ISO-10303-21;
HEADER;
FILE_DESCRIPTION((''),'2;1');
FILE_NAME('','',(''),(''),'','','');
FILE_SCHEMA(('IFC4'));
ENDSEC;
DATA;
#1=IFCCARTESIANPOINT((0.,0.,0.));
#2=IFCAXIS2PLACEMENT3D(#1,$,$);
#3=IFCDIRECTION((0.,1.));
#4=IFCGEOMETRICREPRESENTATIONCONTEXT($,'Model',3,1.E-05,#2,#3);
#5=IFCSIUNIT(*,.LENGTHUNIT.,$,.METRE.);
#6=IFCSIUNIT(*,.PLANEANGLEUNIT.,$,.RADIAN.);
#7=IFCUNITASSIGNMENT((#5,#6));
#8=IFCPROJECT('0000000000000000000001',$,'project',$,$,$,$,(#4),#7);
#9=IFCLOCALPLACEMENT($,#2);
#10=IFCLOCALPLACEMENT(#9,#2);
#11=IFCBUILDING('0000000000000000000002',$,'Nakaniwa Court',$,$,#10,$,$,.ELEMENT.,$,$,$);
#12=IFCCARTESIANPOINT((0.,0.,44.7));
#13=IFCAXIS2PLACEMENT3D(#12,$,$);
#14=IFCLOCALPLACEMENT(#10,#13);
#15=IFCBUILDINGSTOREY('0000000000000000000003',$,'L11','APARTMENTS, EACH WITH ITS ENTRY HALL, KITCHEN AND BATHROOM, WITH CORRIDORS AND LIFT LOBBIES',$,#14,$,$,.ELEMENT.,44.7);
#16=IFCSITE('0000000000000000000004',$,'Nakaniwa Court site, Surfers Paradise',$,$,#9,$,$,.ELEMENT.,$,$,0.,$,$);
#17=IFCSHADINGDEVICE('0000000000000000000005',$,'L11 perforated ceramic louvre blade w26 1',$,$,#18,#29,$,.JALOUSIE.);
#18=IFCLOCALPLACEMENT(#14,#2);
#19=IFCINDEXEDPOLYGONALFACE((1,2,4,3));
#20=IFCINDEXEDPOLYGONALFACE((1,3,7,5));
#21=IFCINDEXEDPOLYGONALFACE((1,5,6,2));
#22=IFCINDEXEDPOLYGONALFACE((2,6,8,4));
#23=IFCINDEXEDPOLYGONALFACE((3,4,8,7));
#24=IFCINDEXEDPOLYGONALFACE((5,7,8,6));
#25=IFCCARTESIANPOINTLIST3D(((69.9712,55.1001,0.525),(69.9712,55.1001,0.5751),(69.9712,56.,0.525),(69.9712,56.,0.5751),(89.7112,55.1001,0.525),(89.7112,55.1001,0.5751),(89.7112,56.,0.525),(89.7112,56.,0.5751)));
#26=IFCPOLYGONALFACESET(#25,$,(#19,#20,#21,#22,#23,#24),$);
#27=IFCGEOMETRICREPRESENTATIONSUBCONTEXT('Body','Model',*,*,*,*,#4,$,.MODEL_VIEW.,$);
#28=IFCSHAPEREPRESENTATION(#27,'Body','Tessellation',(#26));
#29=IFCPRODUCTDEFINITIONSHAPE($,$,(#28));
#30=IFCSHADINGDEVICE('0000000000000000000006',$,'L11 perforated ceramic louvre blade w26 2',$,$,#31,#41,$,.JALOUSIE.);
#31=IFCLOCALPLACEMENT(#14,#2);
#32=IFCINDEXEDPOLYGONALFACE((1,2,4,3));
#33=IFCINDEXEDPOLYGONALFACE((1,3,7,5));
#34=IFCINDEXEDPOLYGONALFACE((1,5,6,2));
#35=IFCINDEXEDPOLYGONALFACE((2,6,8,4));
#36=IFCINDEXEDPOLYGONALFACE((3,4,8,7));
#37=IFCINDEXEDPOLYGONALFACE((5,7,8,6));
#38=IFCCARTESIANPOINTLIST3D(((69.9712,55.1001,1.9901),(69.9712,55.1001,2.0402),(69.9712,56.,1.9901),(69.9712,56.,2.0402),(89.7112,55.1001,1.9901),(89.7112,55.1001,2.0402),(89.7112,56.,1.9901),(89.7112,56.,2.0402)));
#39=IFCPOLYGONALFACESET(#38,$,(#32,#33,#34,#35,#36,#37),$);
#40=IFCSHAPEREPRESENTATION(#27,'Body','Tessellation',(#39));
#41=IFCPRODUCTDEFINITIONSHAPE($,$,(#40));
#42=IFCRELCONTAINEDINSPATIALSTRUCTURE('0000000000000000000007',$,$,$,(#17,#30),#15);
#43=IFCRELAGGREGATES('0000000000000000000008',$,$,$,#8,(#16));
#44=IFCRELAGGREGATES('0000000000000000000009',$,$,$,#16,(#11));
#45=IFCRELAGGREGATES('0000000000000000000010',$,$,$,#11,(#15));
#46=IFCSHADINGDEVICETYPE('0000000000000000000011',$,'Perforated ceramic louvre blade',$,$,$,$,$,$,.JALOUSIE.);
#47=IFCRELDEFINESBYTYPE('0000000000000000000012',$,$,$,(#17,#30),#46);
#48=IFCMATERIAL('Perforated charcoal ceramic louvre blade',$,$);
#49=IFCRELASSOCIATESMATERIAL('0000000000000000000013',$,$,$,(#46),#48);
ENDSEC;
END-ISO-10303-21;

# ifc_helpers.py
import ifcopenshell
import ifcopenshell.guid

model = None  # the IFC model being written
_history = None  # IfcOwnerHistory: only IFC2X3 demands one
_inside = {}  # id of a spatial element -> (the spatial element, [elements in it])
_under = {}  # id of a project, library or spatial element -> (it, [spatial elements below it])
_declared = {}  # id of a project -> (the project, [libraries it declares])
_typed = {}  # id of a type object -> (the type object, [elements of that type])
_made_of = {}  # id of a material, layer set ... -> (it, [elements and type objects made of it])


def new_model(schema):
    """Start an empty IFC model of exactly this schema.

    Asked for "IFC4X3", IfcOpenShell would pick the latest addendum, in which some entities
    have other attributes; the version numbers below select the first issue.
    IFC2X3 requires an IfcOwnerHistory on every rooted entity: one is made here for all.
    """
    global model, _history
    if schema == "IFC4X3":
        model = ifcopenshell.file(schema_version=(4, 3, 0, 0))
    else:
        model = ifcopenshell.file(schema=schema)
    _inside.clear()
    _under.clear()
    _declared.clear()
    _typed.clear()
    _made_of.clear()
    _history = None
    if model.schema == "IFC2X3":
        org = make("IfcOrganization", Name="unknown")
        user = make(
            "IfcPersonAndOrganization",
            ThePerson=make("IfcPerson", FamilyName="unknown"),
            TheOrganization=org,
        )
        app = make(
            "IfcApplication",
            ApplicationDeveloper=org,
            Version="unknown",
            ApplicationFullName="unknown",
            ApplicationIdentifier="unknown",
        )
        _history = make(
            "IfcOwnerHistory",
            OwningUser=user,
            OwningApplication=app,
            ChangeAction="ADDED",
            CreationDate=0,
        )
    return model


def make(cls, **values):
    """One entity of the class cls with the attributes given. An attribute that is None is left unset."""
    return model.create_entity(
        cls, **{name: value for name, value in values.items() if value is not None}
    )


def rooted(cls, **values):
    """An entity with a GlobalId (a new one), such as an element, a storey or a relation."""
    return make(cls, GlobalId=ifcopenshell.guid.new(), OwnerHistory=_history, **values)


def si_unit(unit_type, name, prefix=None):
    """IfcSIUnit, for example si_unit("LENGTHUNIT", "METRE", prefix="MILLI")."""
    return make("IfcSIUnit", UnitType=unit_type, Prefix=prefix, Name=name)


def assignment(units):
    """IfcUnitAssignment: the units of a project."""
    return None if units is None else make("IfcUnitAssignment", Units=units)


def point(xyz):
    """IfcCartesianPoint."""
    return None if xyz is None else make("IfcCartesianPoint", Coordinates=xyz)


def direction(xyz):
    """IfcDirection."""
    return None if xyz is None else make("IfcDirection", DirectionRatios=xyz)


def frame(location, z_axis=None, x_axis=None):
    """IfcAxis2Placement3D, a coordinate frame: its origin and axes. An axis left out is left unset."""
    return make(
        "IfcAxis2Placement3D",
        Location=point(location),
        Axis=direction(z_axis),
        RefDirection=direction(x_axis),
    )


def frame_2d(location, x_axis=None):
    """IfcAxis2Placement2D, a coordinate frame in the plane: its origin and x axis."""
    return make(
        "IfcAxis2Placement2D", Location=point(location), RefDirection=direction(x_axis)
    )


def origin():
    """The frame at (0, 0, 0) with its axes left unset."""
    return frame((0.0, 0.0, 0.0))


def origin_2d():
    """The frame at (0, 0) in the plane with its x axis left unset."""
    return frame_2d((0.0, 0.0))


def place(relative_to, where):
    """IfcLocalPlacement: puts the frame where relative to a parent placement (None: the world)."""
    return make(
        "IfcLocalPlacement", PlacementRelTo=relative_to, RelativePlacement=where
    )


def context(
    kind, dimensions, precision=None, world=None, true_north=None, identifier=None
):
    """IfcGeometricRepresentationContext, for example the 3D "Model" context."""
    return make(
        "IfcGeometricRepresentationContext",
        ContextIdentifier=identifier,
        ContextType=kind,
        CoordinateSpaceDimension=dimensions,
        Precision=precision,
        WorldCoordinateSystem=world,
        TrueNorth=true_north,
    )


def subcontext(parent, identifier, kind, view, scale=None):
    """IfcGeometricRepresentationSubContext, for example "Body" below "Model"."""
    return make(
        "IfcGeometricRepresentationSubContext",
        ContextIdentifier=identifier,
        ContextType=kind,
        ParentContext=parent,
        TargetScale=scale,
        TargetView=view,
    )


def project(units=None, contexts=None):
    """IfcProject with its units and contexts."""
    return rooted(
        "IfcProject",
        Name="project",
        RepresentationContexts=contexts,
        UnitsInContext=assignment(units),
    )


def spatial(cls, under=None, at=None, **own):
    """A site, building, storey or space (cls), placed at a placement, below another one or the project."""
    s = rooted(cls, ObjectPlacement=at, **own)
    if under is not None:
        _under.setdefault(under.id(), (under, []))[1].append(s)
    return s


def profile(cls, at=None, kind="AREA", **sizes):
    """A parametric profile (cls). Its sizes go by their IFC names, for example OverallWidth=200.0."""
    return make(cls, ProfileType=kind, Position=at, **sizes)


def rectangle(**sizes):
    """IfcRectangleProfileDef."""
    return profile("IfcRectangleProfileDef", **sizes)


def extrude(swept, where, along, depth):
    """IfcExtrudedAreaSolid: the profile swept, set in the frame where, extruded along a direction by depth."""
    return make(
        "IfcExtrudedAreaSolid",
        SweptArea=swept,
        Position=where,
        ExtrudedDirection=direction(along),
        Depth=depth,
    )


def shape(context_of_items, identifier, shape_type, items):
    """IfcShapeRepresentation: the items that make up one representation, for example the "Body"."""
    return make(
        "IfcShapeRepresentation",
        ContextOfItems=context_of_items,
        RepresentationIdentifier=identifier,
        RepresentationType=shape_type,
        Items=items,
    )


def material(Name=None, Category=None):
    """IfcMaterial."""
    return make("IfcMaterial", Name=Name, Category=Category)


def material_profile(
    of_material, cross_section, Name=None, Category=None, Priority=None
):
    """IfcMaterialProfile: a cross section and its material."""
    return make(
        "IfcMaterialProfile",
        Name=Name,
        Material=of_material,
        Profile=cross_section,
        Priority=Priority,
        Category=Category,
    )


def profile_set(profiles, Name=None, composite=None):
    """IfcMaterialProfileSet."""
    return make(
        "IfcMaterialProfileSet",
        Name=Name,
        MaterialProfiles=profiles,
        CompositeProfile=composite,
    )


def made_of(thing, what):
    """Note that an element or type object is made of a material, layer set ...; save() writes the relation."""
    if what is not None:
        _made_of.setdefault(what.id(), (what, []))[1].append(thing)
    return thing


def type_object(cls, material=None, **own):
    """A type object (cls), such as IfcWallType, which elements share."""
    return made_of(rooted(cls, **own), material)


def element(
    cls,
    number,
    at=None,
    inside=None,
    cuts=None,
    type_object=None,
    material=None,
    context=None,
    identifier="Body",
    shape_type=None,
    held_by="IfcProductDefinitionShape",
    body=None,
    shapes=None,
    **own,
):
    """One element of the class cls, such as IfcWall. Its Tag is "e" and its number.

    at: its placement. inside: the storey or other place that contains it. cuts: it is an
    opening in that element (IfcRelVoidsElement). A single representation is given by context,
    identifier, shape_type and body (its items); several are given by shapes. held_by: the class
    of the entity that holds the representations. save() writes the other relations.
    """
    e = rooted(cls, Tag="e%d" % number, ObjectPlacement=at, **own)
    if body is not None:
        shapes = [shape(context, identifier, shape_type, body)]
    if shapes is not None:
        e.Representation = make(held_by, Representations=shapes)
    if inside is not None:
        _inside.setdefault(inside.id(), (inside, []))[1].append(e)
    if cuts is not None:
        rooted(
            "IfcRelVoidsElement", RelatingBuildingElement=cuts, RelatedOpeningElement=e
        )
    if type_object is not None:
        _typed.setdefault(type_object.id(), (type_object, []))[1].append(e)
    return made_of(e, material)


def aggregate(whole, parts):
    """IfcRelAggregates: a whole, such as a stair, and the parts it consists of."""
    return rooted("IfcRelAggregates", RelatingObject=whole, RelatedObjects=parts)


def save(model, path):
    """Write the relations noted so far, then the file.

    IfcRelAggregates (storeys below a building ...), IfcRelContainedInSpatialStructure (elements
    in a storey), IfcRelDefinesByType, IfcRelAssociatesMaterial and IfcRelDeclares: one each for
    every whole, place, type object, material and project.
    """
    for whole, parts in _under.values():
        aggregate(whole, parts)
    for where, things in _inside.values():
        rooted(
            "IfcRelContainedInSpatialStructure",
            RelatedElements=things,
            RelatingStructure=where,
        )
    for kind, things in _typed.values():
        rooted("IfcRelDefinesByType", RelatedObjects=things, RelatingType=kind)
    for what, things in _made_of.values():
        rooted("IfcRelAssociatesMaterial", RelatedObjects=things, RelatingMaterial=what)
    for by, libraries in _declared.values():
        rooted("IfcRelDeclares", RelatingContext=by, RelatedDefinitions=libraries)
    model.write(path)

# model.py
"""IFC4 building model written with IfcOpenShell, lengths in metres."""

from ifc_helpers import new_model, si_unit, direction, frame, origin, origin_2d, place, context, subcontext, project, spatial, rectangle, extrude, material, material_profile, profile_set, type_object, element, save


model = new_model("IFC4")

# Units and contexts
model_context = context("Model", 3, precision=1e-05, world=origin(), true_north=direction((0.0, 1.0)))
body_context = subcontext(model_context, "Body", "Model", "MODEL_VIEW")
ifc_project = project(units=[si_unit("LENGTHUNIT", "METRE"), si_unit("PLANEANGLEUNIT", "RADIAN")], contexts=[model_context])

# Site, building, storey
site_placement = place(None, origin())
site = spatial("IfcSite", under=ifc_project, at=site_placement, Name="Nakaniwa Court site, Surfers Paradise", CompositionType="ELEMENT", RefElevation=0.0)
building_placement = place(site_placement, origin())
building = spatial("IfcBuilding", under=site, at=building_placement, Name="Nakaniwa Court", CompositionType="ELEMENT")
storey_placement = place(building_placement, frame((0.0, 0.0, 44.7)))
storey = spatial("IfcBuildingStorey", under=building, at=storey_placement, Name="L11", Description="APARTMENTS, EACH WITH ITS ENTRY HALL, KITCHEN AND BATHROOM, WITH CORRIDORS AND LIFT LOBBIES", CompositionType="ELEMENT", Elevation=44.7)

# Shading devices
ifc_material_1 = material(Name="Perforated charcoal ceramic louvre blade")
ifc_material_profile_1 = material_profile(ifc_material_1, rectangle(XDim=0.8999, YDim=0.05, at=origin_2d()), Name="Perforated ceramic louvre blade")
ifc_profile_set_1 = profile_set([ifc_material_profile_1], Name="Perforated charcoal ceramic louvre blade")
shading_device_type = type_object("IfcShadingDeviceType", Name="Perforated ceramic louvre blade", PredefinedType="JALOUSIE", material=ifc_profile_set_1)
for number, where, z_axis, x_axis, name in (
    (1, (69.9712, 55.55, 0.55), (1.0, 0.0, 0.0), (0.0, 1.0, 0.0), "L11 perforated ceramic louvre blade w26 1"),
    (2, (69.9712, 55.55, 2.0151), (1.0, 0.0, 0.0), (0.0, 1.0, 0.0), "L11 perforated ceramic louvre blade w26 2"),
):
    element("IfcShadingDevice", number, at=place(storey_placement, frame(where, z_axis=z_axis, x_axis=x_axis)), inside=storey, type_object=shading_device_type, Name=name, PredefinedType="JALOUSIE", context=body_context, shape_type="SweptSolid", body=[
        extrude(rectangle(XDim=0.8999, YDim=0.05, at=origin_2d()), origin(), (0.0, 0.0, 1.0), 19.74),
    ])

save(model, "model.ifc")
